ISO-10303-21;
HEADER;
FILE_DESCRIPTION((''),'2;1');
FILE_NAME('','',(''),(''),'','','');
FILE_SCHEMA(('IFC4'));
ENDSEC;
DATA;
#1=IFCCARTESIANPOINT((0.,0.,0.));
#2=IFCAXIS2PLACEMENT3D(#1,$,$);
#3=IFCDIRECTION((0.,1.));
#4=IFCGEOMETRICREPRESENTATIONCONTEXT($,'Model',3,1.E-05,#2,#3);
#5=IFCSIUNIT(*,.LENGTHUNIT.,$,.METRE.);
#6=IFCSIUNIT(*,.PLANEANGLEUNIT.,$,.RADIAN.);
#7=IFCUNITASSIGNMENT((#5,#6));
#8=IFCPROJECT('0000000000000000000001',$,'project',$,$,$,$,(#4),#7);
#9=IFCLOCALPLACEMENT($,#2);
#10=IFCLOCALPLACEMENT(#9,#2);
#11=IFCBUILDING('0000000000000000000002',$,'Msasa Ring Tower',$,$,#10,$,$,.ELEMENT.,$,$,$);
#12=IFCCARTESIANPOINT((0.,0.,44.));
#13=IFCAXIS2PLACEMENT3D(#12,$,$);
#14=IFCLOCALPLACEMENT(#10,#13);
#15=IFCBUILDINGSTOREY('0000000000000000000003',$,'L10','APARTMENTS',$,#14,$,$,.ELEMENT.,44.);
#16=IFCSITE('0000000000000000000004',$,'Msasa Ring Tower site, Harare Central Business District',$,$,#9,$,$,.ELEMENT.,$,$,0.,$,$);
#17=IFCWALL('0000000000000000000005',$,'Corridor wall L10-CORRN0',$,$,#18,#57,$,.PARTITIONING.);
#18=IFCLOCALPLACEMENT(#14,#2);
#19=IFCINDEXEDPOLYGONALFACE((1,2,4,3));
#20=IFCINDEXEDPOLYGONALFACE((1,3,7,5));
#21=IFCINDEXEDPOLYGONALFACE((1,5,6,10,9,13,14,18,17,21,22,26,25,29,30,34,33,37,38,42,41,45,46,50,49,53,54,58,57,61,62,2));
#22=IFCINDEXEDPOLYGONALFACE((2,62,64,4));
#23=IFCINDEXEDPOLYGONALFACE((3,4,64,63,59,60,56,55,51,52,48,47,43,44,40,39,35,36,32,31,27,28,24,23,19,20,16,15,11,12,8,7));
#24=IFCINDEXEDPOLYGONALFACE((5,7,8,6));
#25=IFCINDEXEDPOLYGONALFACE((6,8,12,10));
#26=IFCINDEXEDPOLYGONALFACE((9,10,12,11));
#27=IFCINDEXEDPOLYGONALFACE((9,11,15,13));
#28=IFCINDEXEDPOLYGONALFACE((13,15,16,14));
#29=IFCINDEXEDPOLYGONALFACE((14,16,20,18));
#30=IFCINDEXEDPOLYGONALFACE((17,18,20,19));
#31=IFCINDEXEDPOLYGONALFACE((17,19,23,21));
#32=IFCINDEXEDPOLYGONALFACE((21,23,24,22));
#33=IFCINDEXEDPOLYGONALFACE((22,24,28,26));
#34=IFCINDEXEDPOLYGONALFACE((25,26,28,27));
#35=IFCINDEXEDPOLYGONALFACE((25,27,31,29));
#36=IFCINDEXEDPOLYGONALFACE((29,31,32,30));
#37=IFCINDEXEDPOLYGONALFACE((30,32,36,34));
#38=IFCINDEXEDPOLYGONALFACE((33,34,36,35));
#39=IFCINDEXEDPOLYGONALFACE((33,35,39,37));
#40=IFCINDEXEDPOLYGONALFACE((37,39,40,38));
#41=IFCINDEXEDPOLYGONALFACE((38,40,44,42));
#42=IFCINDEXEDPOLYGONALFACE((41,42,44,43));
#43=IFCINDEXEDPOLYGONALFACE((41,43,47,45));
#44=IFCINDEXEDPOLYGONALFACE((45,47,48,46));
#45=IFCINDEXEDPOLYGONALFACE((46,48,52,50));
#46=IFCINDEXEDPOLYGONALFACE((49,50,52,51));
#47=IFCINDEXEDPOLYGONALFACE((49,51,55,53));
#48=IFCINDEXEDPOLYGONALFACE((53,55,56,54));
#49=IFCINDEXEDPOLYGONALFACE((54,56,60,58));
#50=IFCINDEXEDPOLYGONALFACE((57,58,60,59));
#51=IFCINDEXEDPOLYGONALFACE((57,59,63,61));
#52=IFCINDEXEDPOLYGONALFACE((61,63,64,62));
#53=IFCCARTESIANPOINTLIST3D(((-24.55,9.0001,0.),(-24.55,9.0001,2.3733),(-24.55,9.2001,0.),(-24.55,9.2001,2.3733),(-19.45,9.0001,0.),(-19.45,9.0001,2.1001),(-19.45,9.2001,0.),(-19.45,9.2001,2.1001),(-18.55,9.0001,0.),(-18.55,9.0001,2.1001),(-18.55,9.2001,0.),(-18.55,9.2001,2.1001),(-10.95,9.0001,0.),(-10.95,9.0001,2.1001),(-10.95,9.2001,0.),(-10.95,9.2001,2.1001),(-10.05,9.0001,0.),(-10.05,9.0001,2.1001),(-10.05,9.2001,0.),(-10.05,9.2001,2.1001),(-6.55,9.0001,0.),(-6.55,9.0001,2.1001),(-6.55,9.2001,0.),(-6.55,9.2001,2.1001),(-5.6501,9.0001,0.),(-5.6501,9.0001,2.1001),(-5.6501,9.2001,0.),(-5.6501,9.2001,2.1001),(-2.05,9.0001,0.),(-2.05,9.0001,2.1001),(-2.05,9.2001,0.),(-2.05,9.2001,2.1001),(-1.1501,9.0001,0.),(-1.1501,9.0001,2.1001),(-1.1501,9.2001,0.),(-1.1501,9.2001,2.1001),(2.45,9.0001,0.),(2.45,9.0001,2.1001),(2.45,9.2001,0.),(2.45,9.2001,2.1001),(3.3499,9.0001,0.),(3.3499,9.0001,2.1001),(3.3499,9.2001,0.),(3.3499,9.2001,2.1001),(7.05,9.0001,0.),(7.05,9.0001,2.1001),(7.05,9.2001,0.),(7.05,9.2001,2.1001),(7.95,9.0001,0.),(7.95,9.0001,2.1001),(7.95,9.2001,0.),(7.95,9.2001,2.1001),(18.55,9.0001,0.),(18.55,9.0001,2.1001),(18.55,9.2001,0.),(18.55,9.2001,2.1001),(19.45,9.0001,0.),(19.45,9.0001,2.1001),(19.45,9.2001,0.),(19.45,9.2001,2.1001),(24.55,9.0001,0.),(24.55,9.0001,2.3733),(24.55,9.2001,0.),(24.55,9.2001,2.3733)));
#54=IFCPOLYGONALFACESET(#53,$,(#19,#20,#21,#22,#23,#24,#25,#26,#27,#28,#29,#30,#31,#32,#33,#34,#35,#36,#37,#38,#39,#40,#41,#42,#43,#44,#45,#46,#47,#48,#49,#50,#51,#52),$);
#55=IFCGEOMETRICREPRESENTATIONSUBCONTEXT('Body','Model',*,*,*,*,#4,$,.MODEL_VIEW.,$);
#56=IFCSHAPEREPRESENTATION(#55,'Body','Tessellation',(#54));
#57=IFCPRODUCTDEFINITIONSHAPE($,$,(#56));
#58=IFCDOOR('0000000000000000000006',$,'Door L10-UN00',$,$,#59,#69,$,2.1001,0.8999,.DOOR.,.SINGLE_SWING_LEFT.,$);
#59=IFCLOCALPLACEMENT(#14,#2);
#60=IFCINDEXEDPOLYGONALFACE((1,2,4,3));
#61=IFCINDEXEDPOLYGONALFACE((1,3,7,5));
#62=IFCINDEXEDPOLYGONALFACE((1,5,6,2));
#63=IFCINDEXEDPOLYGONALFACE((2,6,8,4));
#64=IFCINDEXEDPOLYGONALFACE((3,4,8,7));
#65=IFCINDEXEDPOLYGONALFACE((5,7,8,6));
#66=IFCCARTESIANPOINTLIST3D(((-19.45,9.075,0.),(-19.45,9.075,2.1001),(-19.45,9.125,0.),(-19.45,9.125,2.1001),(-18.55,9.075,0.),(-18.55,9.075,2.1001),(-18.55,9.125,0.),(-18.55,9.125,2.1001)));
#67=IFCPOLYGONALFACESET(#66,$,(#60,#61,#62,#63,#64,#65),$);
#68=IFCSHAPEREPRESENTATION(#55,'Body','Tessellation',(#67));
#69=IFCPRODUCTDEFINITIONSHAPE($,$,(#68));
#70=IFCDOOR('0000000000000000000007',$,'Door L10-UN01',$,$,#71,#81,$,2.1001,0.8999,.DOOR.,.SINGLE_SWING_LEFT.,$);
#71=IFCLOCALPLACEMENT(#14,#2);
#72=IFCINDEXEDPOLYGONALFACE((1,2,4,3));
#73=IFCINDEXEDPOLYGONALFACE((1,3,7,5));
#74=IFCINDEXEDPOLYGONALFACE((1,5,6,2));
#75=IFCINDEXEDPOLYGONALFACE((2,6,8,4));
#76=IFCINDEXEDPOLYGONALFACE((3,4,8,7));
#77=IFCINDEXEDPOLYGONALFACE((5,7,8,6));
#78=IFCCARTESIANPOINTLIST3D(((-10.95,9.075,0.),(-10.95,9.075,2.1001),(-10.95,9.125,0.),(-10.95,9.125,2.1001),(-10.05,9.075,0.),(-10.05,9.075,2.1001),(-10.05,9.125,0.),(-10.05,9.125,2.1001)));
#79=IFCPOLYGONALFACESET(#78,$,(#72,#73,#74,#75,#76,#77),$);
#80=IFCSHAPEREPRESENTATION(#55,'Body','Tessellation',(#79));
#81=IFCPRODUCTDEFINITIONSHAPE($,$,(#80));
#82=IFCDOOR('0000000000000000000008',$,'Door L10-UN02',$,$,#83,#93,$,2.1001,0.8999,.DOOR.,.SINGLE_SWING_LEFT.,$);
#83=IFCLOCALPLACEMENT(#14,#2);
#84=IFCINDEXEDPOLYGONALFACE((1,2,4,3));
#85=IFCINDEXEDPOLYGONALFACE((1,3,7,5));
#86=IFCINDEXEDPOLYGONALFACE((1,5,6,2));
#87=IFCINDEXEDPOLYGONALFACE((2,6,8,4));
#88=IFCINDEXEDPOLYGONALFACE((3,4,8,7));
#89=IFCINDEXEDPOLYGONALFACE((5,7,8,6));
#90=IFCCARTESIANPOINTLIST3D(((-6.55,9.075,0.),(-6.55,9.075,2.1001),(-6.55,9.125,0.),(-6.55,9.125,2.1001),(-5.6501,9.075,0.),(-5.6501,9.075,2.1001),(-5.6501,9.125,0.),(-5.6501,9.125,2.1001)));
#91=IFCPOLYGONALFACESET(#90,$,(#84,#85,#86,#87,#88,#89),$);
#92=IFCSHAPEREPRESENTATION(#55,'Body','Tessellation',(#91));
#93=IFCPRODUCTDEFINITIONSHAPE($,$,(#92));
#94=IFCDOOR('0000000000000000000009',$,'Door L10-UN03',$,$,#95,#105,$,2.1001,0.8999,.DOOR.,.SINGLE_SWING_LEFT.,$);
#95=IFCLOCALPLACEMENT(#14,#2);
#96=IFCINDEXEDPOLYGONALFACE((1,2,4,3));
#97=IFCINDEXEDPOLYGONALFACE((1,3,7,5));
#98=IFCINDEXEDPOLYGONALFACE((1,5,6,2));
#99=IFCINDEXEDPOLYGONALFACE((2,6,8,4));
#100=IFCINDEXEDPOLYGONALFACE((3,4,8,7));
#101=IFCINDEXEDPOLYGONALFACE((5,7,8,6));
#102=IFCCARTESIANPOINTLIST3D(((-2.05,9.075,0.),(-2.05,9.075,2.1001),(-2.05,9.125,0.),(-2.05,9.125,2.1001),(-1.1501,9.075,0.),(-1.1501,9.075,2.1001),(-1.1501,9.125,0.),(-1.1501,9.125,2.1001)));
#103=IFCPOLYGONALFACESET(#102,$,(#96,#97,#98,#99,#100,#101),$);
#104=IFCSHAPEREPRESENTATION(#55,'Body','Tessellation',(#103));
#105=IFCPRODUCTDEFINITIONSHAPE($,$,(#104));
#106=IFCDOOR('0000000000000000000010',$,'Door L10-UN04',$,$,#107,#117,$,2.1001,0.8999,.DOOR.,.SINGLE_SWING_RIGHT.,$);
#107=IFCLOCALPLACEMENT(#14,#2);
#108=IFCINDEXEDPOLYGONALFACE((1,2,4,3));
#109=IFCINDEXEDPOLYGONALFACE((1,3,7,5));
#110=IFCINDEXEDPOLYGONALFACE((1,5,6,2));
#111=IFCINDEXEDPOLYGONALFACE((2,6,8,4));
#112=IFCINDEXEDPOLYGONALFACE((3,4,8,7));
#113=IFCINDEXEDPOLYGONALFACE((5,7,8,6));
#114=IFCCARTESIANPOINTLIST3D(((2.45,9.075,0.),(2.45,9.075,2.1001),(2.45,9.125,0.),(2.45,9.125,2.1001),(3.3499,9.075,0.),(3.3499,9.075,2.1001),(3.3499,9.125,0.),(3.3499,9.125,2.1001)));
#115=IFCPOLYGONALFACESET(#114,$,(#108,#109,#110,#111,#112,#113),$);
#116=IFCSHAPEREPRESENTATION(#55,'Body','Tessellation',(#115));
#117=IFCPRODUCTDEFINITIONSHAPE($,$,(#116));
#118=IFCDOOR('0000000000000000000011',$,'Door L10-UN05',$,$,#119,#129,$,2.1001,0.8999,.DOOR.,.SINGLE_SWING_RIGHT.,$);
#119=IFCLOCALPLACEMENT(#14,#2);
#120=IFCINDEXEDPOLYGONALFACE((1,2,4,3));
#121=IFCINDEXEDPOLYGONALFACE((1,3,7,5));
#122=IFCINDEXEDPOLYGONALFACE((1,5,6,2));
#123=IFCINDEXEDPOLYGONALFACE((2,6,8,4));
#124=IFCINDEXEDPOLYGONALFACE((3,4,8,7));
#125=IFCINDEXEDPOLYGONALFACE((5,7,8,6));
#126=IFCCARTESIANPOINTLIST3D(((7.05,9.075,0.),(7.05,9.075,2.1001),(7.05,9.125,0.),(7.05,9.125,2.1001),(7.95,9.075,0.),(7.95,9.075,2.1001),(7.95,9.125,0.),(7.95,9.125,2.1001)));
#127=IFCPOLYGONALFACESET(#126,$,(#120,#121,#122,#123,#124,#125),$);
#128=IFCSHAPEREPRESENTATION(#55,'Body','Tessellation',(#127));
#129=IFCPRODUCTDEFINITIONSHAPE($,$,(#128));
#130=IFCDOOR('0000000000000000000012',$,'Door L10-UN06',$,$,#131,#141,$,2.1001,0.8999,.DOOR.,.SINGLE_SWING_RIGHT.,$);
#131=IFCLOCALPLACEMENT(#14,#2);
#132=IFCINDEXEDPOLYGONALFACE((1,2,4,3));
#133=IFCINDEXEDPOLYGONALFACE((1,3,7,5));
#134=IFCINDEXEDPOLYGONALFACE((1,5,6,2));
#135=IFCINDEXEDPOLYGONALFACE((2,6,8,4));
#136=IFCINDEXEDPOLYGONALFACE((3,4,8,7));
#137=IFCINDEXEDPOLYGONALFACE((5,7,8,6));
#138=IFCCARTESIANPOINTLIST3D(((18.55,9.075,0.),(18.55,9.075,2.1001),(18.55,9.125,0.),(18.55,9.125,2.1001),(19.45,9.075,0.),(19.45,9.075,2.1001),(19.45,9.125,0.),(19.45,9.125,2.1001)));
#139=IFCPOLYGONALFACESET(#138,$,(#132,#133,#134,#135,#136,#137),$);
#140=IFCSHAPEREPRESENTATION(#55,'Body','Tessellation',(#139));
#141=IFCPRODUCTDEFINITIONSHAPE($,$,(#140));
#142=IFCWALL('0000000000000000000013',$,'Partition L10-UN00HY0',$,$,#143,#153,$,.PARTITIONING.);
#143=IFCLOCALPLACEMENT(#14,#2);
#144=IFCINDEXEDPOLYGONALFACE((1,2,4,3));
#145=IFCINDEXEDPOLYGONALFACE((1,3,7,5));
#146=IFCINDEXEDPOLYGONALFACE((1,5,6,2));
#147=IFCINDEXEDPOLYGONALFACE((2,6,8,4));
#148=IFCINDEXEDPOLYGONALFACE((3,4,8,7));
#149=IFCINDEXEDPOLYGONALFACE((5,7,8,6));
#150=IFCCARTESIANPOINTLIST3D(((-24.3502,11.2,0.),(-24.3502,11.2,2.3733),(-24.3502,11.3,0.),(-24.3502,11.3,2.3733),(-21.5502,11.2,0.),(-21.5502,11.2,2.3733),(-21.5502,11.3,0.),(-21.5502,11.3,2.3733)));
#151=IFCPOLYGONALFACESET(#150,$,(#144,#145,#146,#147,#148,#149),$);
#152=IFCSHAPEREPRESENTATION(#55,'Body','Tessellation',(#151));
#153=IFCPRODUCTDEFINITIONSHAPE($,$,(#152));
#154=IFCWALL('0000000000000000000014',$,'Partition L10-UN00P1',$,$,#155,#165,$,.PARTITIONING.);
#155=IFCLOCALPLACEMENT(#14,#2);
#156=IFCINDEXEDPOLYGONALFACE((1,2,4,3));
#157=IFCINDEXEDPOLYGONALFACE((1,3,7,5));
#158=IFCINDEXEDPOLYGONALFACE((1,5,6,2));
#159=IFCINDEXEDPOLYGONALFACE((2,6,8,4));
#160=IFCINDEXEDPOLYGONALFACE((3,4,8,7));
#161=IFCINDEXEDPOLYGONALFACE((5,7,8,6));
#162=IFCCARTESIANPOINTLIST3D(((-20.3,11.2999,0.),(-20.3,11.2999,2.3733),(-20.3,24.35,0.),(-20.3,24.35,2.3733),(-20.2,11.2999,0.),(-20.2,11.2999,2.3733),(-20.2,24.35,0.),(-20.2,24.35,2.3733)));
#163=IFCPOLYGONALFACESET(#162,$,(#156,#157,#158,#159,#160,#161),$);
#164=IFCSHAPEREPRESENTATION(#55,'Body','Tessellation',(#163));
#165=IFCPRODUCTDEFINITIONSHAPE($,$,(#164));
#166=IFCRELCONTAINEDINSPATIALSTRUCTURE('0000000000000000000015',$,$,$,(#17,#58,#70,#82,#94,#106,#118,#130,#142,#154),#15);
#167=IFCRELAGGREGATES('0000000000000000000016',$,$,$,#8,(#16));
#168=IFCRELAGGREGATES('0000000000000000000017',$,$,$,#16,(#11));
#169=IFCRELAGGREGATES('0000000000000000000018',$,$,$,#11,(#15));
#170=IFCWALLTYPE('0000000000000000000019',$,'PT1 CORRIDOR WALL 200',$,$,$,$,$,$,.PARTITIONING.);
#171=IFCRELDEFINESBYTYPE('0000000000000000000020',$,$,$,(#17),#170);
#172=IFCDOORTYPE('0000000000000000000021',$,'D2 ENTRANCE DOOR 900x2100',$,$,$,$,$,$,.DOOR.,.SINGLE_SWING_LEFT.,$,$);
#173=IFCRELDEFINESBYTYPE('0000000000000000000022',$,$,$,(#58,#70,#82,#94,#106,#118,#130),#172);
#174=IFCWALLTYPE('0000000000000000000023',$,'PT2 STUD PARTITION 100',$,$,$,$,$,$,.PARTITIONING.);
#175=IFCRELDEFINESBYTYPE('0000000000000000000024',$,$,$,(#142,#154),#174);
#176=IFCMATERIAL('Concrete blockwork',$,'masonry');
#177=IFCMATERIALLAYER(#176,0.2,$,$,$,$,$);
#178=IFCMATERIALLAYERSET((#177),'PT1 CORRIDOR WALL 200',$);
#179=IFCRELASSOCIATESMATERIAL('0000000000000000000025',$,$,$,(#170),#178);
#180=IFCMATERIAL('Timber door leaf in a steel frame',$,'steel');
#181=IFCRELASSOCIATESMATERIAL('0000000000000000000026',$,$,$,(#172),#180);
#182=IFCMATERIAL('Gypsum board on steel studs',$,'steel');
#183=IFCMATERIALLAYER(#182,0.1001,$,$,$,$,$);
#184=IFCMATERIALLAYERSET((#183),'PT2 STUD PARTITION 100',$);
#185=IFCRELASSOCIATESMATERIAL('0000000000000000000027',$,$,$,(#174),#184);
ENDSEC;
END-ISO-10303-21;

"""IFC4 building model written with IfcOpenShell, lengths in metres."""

from ifc_helpers import new_model, si_unit, direction, frame, frame_2d, origin, place, context, subcontext, project, spatial, rectangle, extrude, material, layer, layer_set, type_object, element, fill, save


model = new_model("IFC4")

# Units and contexts
model_context = context("Model", 3, precision=1e-05, world=origin(), true_north=direction((0.0, 1.0)))
body_context = subcontext(model_context, "Body", "Model", "MODEL_VIEW")
ifc_project = project(units=[si_unit("LENGTHUNIT", "METRE"), si_unit("PLANEANGLEUNIT", "RADIAN")], contexts=[model_context])

# Site, building, storey
site_placement = place(None, origin())
site = spatial("IfcSite", under=ifc_project, at=site_placement, Name="Msasa Ring Tower site, Harare Central Business District", CompositionType="ELEMENT", RefElevation=0.0)
building_placement = place(site_placement, origin())
building = spatial("IfcBuilding", under=site, at=building_placement, Name="Msasa Ring Tower", CompositionType="ELEMENT")
storey_placement = place(building_placement, frame((0.0, 0.0, 44.0)))
storey = spatial("IfcBuildingStorey", under=building, at=storey_placement, Name="L10", Description="APARTMENTS", CompositionType="ELEMENT", Elevation=44.0)

# Wall, openings, doors
ifc_material_1 = material(Name="Concrete blockwork", Category="masonry")
ifc_layer_1 = layer(ifc_material_1, 0.2)
ifc_layer_set_1 = layer_set([ifc_layer_1], Name="PT1 CORRIDOR WALL 200")
wall_type_1 = type_object("IfcWallType", Name="PT1 CORRIDOR WALL 200", PredefinedType="PARTITIONING", material=ifc_layer_set_1)
wall_1_placement = place(storey_placement, frame((-24.55, 9.1001, 0.0), z_axis=(0.0, 0.0, 1.0), x_axis=(1.0, 0.0, 0.0)))
wall_1 = element("IfcWall", 1, at=wall_1_placement, inside=storey, type_object=wall_type_1, Name="Corridor wall L10-CORRN0", PredefinedType="PARTITIONING", context=body_context, shape_type="SweptSolid", body=[
    extrude(rectangle(XDim=49.1001, YDim=0.2, at=frame_2d((24.55, 0.0))), origin(), (0.0, 0.0, 1.0), 2.3733),
])
opening_1_placement = place(wall_1_placement, frame((5.1001, 0.0, 0.0)))
opening_1 = element("IfcOpeningElement", 2, at=opening_1_placement, cuts=wall_1, PredefinedType="OPENING", context=body_context, shape_type="SweptSolid", body=[
    extrude(rectangle(XDim=0.8999, YDim=2.1001, at=frame_2d((0.45, 1.05))), frame((0.0, 0.1099, 0.0), z_axis=(0.0, -1.0, 0.0), x_axis=(1.0, 0.0, 0.0)), (0.0, 0.0, 1.0), 0.22),
])
opening_2_placement = place(wall_1_placement, frame((13.6001, 0.0, 0.0)))
opening_2 = element("IfcOpeningElement", 3, at=opening_2_placement, cuts=wall_1, PredefinedType="OPENING", context=body_context, shape_type="SweptSolid", body=[
    extrude(rectangle(XDim=0.8999, YDim=2.1001, at=frame_2d((0.45, 1.05))), frame((0.0, 0.1099, 0.0), z_axis=(0.0, -1.0, 0.0), x_axis=(1.0, 0.0, 0.0)), (0.0, 0.0, 1.0), 0.22),
])
opening_3_placement = place(wall_1_placement, frame((18.0, 0.0, 0.0)))
opening_3 = element("IfcOpeningElement", 4, at=opening_3_placement, cuts=wall_1, PredefinedType="OPENING", context=body_context, shape_type="SweptSolid", body=[
    extrude(rectangle(XDim=0.8999, YDim=2.1001, at=frame_2d((0.45, 1.05))), frame((0.0, 0.1099, 0.0), z_axis=(0.0, -1.0, 0.0), x_axis=(1.0, 0.0, 0.0)), (0.0, 0.0, 1.0), 0.22),
])
opening_4_placement = place(wall_1_placement, frame((22.5, 0.0, 0.0)))
opening_4 = element("IfcOpeningElement", 5, at=opening_4_placement, cuts=wall_1, PredefinedType="OPENING", context=body_context, shape_type="SweptSolid", body=[
    extrude(rectangle(XDim=0.8999, YDim=2.1001, at=frame_2d((0.45, 1.05))), frame((0.0, 0.1099, 0.0), z_axis=(0.0, -1.0, 0.0), x_axis=(1.0, 0.0, 0.0)), (0.0, 0.0, 1.0), 0.22),
])
opening_5_placement = place(wall_1_placement, frame((27.0, 0.0, 0.0)))
opening_5 = element("IfcOpeningElement", 6, at=opening_5_placement, cuts=wall_1, PredefinedType="OPENING", context=body_context, shape_type="SweptSolid", body=[
    extrude(rectangle(XDim=0.8999, YDim=2.1001, at=frame_2d((0.45, 1.05))), frame((0.0, 0.1099, 0.0), z_axis=(0.0, -1.0, 0.0), x_axis=(1.0, 0.0, 0.0)), (0.0, 0.0, 1.0), 0.22),
])
opening_6_placement = place(wall_1_placement, frame((31.6001, 0.0, 0.0)))
opening_6 = element("IfcOpeningElement", 7, at=opening_6_placement, cuts=wall_1, PredefinedType="OPENING", context=body_context, shape_type="SweptSolid", body=[
    extrude(rectangle(XDim=0.8999, YDim=2.1001, at=frame_2d((0.45, 1.05))), frame((0.0, 0.1099, 0.0), z_axis=(0.0, -1.0, 0.0), x_axis=(1.0, 0.0, 0.0)), (0.0, 0.0, 1.0), 0.22),
])
opening_7_placement = place(wall_1_placement, frame((43.1001, 0.0, 0.0)))
opening_7 = element("IfcOpeningElement", 8, at=opening_7_placement, cuts=wall_1, PredefinedType="OPENING", context=body_context, shape_type="SweptSolid", body=[
    extrude(rectangle(XDim=0.8999, YDim=2.1001, at=frame_2d((0.45, 1.05))), frame((0.0, 0.1099, 0.0), z_axis=(0.0, -1.0, 0.0), x_axis=(1.0, 0.0, 0.0)), (0.0, 0.0, 1.0), 0.22),
])
ifc_material_2 = material(Name="Timber door leaf in a steel frame", Category="steel")
door_type_1 = type_object("IfcDoorType", Name="D2 ENTRANCE DOOR 900x2100", OperationType="SINGLE_SWING_LEFT", PredefinedType="DOOR", material=ifc_material_2)
door_1_placement = place(opening_1_placement, origin())
door_1 = element("IfcDoor", 9, at=door_1_placement, inside=storey, type_object=door_type_1, Name="Door L10-UN00", OperationType="SINGLE_SWING_LEFT", OverallHeight=2.1001, OverallWidth=0.8999, PredefinedType="DOOR", context=body_context, shape_type="SweptSolid", body=[
    extrude(rectangle(XDim=0.8999, YDim=2.1001, at=frame_2d((0.45, 1.05))), frame((0.0, 0.0249, 0.0), z_axis=(0.0, -1.0, 0.0), x_axis=(1.0, 0.0, 0.0)), (0.0, 0.0, 1.0), 0.05),
])
fill(opening_1, door_1)
door_2_placement = place(opening_2_placement, origin())
door_2 = element("IfcDoor", 10, at=door_2_placement, inside=storey, type_object=door_type_1, Name="Door L10-UN01", OperationType="SINGLE_SWING_LEFT", OverallHeight=2.1001, OverallWidth=0.8999, PredefinedType="DOOR", context=body_context, shape_type="SweptSolid", body=[
    extrude(rectangle(XDim=0.8999, YDim=2.1001, at=frame_2d((0.45, 1.05))), frame((0.0, 0.0249, 0.0), z_axis=(0.0, -1.0, 0.0), x_axis=(1.0, 0.0, 0.0)), (0.0, 0.0, 1.0), 0.05),
])
fill(opening_2, door_2)
door_3_placement = place(opening_3_placement, origin())
door_3 = element("IfcDoor", 11, at=door_3_placement, inside=storey, type_object=door_type_1, Name="Door L10-UN02", OperationType="SINGLE_SWING_LEFT", OverallHeight=2.1001, OverallWidth=0.8999, PredefinedType="DOOR", context=body_context, shape_type="SweptSolid", body=[
    extrude(rectangle(XDim=0.8999, YDim=2.1001, at=frame_2d((0.45, 1.05))), frame((0.0, 0.0249, 0.0), z_axis=(0.0, -1.0, 0.0), x_axis=(1.0, 0.0, 0.0)), (0.0, 0.0, 1.0), 0.05),
])
fill(opening_3, door_3)
door_4_placement = place(opening_4_placement, origin())
door_4 = element("IfcDoor", 12, at=door_4_placement, inside=storey, type_object=door_type_1, Name="Door L10-UN03", OperationType="SINGLE_SWING_LEFT", OverallHeight=2.1001, OverallWidth=0.8999, PredefinedType="DOOR", context=body_context, shape_type="SweptSolid", body=[
    extrude(rectangle(XDim=0.8999, YDim=2.1001, at=frame_2d((0.45, 1.05))), frame((0.0, 0.0249, 0.0), z_axis=(0.0, -1.0, 0.0), x_axis=(1.0, 0.0, 0.0)), (0.0, 0.0, 1.0), 0.05),
])
fill(opening_4, door_4)
door_5_placement = place(opening_5_placement, origin())
door_5 = element("IfcDoor", 13, at=door_5_placement, inside=storey, type_object=door_type_1, Name="Door L10-UN04", OperationType="SINGLE_SWING_RIGHT", OverallHeight=2.1001, OverallWidth=0.8999, PredefinedType="DOOR", context=body_context, shape_type="SweptSolid", body=[
    extrude(rectangle(XDim=0.8999, YDim=2.1001, at=frame_2d((0.45, 1.05))), frame((0.0, 0.0249, 0.0), z_axis=(0.0, -1.0, 0.0), x_axis=(1.0, 0.0, 0.0)), (0.0, 0.0, 1.0), 0.05),
])
fill(opening_5, door_5)
door_6_placement = place(opening_6_placement, origin())
door_6 = element("IfcDoor", 14, at=door_6_placement, inside=storey, type_object=door_type_1, Name="Door L10-UN05", OperationType="SINGLE_SWING_RIGHT", OverallHeight=2.1001, OverallWidth=0.8999, PredefinedType="DOOR", context=body_context, shape_type="SweptSolid", body=[
    extrude(rectangle(XDim=0.8999, YDim=2.1001, at=frame_2d((0.45, 1.05))), frame((0.0, 0.0249, 0.0), z_axis=(0.0, -1.0, 0.0), x_axis=(1.0, 0.0, 0.0)), (0.0, 0.0, 1.0), 0.05),
])
fill(opening_6, door_6)
door_7_placement = place(opening_7_placement, origin())
door_7 = element("IfcDoor", 15, at=door_7_placement, inside=storey, type_object=door_type_1, Name="Door L10-UN06", OperationType="SINGLE_SWING_RIGHT", OverallHeight=2.1001, OverallWidth=0.8999, PredefinedType="DOOR", context=body_context, shape_type="SweptSolid", body=[
    extrude(rectangle(XDim=0.8999, YDim=2.1001, at=frame_2d((0.45, 1.05))), frame((0.0, 0.0249, 0.0), z_axis=(0.0, -1.0, 0.0), x_axis=(1.0, 0.0, 0.0)), (0.0, 0.0, 1.0), 0.05),
])
fill(opening_7, door_7)

# Walls
ifc_material_3 = material(Name="Gypsum board on steel studs", Category="steel")
ifc_layer_2 = layer(ifc_material_3, 0.1001)
ifc_layer_set_2 = layer_set([ifc_layer_2], Name="PT2 STUD PARTITION 100")
wall_type_2 = type_object("IfcWallType", Name="PT2 STUD PARTITION 100", PredefinedType="PARTITIONING", material=ifc_layer_set_2)
wall_2_placement = place(storey_placement, frame((-24.3501, 11.25, 0.0), z_axis=(0.0, 0.0, 1.0), x_axis=(1.0, 0.0, 0.0)))
element("IfcWall", 16, at=wall_2_placement, inside=storey, type_object=wall_type_2, Name="Partition L10-UN00HY0", PredefinedType="PARTITIONING", context=body_context, shape_type="SweptSolid", body=[
    extrude(rectangle(XDim=2.8, YDim=0.1001, at=frame_2d((1.3999, 0.0))), origin(), (0.0, 0.0, 1.0), 2.3733),
])
wall_3_placement = place(storey_placement, frame((-20.25, 11.3, 0.0), z_axis=(0.0, 0.0, 1.0), x_axis=(0.0, 1.0, 0.0)))
element("IfcWall", 17, at=wall_3_placement, inside=storey, type_object=wall_type_2, Name="Partition L10-UN00P1", PredefinedType="PARTITIONING", context=body_context, shape_type="SweptSolid", body=[
    extrude(rectangle(XDim=13.05, YDim=0.1001, at=frame_2d((6.5249, 0.0))), origin(), (0.0, 0.0, 1.0), 2.3733),
])

save(model, "model.ifc")
